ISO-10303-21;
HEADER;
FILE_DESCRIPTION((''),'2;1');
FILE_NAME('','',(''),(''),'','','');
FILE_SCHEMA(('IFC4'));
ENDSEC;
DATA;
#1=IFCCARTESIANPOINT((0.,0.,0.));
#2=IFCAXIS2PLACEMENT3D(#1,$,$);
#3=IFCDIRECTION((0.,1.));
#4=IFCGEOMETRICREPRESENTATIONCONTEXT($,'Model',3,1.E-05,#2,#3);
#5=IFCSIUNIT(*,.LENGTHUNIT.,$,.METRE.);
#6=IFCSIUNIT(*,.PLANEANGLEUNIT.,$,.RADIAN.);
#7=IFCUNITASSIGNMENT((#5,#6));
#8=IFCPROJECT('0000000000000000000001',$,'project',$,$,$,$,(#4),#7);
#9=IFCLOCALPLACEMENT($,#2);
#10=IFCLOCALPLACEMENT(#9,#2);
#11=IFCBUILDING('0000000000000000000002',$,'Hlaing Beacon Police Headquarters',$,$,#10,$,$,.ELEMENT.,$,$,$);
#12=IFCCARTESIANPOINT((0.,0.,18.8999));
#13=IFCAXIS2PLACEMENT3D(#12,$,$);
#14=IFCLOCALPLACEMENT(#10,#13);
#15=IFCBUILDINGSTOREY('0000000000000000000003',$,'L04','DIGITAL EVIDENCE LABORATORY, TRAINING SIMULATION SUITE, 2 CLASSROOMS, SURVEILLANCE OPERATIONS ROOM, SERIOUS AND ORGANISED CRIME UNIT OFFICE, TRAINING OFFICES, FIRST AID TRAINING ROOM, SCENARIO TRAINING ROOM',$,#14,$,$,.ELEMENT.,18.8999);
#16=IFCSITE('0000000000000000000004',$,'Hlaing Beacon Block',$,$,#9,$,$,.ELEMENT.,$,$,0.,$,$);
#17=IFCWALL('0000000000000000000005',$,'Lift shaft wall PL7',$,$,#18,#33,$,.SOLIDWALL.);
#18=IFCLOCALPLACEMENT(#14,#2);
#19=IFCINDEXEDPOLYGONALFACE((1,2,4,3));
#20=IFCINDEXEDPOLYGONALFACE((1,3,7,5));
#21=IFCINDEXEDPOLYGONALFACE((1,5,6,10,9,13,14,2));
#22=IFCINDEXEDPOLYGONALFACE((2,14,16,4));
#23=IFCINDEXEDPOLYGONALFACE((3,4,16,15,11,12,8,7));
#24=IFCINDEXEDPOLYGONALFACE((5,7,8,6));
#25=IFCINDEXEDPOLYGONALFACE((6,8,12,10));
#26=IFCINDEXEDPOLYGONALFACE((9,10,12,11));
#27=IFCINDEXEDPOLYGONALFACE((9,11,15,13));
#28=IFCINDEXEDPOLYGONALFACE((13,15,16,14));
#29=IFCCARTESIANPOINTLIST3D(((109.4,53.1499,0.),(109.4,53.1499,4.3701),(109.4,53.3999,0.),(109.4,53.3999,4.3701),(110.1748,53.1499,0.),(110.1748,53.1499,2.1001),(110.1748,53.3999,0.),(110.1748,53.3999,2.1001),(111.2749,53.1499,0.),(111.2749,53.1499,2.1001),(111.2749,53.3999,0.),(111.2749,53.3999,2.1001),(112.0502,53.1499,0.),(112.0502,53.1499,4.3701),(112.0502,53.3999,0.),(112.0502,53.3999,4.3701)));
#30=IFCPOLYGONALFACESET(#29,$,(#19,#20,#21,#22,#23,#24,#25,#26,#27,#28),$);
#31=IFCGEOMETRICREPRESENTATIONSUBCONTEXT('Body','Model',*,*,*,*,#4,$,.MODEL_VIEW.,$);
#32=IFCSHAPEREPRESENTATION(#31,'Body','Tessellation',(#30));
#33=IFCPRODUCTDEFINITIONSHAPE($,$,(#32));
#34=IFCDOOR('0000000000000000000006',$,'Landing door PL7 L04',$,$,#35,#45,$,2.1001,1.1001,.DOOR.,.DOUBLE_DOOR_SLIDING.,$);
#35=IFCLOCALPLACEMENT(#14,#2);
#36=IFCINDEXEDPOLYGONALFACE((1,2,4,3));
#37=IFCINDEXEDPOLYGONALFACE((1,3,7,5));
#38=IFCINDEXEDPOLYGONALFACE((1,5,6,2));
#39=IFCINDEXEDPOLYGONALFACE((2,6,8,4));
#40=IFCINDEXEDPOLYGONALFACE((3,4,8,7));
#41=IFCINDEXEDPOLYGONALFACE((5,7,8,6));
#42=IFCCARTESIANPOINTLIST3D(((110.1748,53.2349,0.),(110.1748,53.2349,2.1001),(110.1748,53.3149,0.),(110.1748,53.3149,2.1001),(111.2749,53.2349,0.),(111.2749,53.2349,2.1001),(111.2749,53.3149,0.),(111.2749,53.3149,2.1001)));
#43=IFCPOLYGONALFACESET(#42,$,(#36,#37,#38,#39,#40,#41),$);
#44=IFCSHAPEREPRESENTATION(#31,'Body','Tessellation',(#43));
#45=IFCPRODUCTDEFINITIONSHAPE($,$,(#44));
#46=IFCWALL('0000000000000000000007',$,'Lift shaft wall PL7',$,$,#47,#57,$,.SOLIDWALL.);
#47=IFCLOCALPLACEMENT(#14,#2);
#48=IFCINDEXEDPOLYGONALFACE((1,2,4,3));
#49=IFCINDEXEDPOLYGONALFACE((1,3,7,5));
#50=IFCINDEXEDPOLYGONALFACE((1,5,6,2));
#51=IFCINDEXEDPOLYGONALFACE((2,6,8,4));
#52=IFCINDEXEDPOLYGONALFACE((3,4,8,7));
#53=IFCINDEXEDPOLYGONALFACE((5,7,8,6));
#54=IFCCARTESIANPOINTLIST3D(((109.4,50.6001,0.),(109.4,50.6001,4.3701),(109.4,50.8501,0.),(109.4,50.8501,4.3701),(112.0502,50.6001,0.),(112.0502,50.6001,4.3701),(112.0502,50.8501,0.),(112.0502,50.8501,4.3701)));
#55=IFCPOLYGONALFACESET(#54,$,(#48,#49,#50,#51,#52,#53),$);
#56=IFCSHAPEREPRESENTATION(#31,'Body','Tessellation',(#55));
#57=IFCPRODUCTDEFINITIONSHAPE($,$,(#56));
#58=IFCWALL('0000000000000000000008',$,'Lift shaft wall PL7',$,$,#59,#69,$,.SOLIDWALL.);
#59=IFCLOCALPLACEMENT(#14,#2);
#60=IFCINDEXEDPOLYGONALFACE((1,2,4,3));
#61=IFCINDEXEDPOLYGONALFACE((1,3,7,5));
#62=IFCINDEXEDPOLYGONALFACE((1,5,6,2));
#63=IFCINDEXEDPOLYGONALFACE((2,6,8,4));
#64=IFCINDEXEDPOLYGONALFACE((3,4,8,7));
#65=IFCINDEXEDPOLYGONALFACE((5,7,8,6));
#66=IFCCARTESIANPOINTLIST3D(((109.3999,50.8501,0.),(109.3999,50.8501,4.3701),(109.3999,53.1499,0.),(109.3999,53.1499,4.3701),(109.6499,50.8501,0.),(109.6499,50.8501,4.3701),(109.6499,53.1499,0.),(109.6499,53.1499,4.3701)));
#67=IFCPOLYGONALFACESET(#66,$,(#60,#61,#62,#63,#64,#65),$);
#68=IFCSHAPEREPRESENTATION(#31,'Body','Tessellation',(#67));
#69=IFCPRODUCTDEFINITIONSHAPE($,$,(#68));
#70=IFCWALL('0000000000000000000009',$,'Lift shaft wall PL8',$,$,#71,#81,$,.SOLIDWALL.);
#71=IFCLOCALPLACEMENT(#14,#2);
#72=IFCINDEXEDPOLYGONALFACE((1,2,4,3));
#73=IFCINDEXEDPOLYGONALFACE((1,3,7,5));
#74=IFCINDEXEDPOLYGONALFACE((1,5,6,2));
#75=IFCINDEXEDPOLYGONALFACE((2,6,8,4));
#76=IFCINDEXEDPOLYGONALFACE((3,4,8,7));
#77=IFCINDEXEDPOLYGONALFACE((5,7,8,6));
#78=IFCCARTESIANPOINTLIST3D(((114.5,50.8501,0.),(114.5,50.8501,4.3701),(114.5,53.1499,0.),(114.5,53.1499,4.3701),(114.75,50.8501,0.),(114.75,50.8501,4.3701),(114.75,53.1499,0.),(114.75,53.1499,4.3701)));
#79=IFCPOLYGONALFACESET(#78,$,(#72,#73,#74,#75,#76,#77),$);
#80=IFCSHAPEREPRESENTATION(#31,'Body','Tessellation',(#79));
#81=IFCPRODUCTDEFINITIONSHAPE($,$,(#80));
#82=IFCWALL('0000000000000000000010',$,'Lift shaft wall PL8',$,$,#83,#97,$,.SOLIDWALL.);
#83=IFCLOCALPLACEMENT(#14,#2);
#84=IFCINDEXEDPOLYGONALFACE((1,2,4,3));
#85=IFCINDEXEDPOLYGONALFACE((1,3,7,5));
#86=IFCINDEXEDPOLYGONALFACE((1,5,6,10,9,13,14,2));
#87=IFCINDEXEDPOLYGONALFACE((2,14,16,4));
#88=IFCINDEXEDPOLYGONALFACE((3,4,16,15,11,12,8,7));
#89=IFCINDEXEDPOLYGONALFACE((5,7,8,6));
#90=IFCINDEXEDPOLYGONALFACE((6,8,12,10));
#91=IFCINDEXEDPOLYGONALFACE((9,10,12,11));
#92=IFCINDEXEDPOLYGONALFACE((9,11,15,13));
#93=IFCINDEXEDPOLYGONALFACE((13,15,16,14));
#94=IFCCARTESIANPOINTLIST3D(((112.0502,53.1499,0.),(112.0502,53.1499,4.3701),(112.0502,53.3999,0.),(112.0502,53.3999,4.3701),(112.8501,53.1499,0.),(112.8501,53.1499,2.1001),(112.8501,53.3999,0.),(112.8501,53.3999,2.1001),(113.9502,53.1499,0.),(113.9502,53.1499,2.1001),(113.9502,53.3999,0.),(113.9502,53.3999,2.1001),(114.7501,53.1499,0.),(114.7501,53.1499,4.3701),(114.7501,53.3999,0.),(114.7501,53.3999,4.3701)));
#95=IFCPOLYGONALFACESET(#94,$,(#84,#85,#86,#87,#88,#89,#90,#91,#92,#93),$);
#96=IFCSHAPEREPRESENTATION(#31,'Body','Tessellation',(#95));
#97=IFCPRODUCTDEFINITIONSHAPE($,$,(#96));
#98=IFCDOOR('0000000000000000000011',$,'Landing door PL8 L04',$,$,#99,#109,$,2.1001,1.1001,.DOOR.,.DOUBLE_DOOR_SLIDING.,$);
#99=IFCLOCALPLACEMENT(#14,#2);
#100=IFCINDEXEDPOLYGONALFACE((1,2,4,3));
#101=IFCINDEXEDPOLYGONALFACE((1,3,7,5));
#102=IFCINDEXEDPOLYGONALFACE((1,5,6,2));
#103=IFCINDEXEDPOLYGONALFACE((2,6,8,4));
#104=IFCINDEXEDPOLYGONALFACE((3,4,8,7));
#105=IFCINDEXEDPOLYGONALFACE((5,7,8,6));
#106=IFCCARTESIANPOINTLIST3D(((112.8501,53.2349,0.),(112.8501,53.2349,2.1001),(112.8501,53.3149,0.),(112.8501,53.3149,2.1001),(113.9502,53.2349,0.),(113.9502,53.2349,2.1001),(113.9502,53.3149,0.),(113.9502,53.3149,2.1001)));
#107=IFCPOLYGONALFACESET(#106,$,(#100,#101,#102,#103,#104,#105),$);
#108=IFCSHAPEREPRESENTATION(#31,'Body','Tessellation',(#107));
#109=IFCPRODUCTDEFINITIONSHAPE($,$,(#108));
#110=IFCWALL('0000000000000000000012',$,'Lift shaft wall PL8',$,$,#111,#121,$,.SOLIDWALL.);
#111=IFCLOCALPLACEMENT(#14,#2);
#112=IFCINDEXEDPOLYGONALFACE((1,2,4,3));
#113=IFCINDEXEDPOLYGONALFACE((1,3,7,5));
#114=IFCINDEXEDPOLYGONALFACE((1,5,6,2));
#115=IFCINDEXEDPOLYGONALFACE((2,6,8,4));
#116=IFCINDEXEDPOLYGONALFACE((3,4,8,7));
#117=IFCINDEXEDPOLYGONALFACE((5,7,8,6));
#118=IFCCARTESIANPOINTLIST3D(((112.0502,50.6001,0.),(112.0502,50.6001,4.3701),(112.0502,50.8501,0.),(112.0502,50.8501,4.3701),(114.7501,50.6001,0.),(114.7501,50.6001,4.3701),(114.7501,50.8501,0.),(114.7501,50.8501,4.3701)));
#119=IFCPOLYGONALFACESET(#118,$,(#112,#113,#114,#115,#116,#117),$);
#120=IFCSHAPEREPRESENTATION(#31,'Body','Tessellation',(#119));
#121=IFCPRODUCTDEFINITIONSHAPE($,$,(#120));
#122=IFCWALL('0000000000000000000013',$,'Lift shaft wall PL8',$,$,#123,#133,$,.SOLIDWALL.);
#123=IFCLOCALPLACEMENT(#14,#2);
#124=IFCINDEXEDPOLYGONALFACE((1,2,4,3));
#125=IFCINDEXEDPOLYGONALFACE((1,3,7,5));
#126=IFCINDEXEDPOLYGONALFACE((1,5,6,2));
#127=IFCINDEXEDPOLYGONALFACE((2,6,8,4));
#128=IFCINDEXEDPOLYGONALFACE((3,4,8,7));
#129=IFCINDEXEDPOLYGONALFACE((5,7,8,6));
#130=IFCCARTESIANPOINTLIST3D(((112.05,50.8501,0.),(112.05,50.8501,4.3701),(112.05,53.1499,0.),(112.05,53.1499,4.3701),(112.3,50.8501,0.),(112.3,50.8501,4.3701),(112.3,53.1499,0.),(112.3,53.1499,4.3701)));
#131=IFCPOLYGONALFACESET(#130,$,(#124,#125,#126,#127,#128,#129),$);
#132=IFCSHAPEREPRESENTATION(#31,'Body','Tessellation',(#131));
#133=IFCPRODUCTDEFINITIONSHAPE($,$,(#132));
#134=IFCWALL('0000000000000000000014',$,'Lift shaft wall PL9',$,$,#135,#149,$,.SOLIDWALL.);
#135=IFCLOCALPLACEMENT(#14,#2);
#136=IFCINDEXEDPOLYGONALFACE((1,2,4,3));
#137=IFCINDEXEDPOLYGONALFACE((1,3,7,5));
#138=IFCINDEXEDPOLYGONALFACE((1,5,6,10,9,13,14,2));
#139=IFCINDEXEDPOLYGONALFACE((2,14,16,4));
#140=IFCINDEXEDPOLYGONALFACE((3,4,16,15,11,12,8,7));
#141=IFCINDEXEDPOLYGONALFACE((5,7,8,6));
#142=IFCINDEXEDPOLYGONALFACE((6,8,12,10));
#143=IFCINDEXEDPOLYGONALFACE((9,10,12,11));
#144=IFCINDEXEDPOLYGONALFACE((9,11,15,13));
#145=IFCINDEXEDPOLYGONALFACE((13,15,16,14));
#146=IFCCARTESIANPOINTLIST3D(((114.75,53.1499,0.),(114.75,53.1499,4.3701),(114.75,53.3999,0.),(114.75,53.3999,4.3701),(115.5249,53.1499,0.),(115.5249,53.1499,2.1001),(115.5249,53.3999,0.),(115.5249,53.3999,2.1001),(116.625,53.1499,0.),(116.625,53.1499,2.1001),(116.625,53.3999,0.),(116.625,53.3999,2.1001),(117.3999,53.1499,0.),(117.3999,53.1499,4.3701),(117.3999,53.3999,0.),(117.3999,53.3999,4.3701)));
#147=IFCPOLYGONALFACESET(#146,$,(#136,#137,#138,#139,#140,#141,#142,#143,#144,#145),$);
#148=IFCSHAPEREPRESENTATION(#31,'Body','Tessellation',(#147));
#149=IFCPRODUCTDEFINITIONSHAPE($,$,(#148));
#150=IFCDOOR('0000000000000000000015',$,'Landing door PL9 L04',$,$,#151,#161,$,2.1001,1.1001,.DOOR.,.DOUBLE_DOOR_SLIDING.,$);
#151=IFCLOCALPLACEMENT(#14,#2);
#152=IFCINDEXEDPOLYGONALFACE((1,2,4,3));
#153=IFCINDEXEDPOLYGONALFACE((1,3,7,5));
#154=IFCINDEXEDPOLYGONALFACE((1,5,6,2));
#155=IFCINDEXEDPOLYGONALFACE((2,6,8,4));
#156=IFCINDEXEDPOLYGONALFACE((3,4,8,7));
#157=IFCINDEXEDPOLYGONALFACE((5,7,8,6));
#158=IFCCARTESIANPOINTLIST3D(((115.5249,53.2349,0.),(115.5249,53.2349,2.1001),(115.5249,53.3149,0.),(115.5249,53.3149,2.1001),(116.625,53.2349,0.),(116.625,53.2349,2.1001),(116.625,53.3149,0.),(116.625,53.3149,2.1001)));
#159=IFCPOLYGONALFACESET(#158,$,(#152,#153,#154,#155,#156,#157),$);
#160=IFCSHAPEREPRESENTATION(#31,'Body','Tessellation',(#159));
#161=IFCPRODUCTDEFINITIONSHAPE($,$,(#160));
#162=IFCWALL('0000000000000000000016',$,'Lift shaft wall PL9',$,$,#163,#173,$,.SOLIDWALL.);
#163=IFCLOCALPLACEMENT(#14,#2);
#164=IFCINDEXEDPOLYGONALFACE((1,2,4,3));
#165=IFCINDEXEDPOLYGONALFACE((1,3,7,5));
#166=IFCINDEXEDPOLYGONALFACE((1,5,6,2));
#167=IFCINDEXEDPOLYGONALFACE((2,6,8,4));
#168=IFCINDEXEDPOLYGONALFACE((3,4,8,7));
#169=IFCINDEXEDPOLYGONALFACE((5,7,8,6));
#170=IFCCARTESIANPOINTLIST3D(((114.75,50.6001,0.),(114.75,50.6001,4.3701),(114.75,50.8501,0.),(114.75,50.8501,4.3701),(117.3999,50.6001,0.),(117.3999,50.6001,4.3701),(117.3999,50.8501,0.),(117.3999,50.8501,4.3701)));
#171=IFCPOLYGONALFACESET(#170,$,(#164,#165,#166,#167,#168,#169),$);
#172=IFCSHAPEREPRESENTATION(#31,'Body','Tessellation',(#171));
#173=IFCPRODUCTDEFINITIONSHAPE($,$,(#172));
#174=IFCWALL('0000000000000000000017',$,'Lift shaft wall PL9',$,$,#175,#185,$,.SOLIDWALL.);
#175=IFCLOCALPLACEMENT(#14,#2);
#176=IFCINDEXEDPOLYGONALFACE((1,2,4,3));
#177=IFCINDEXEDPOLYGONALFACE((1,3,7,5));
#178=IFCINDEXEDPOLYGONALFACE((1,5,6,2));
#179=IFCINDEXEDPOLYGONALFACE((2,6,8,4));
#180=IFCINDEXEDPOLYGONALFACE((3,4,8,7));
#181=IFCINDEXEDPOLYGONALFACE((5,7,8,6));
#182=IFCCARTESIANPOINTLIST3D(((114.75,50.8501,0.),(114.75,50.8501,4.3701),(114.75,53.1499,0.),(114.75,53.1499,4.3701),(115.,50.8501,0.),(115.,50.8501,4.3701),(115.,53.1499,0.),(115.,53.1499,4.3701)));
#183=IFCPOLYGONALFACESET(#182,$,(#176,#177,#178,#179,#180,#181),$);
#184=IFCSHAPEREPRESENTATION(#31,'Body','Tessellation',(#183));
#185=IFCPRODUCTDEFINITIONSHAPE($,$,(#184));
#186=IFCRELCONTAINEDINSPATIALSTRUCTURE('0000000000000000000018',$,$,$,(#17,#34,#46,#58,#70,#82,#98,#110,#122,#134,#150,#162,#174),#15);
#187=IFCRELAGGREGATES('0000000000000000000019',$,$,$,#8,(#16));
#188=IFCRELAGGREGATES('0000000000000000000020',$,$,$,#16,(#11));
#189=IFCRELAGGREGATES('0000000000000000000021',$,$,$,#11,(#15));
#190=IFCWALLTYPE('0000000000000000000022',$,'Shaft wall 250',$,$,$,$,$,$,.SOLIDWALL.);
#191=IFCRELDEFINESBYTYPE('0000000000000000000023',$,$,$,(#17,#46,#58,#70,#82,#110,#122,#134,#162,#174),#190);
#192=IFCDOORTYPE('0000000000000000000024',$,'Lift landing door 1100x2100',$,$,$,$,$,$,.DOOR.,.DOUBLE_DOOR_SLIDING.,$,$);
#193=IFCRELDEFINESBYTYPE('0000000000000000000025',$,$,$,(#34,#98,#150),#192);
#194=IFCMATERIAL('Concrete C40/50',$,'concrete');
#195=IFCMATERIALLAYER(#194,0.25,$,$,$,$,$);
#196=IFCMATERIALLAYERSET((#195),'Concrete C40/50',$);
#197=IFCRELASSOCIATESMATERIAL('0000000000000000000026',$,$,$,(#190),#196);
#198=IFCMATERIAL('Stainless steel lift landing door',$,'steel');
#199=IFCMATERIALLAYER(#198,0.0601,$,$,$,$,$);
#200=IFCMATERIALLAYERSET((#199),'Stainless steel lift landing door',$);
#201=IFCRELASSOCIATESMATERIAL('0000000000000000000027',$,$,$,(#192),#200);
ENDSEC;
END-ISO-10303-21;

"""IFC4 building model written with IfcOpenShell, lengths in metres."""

from ifc_helpers import new_model, si_unit, direction, frame, frame_2d, origin, place, context, subcontext, project, spatial, rectangle, extrude, material, layer, layer_set, type_object, element, fill, save


model = new_model("IFC4")

# Units and contexts
model_context = context("Model", 3, precision=1e-05, world=origin(), true_north=direction((0.0, 1.0)))
body_context = subcontext(model_context, "Body", "Model", "MODEL_VIEW")
ifc_project = project(units=[si_unit("LENGTHUNIT", "METRE"), si_unit("PLANEANGLEUNIT", "RADIAN")], contexts=[model_context])

# Site, building, storey
site_placement = place(None, origin())
site = spatial("IfcSite", under=ifc_project, at=site_placement, Name="Hlaing Beacon Block", CompositionType="ELEMENT", RefElevation=0.0)
building_placement = place(site_placement, origin())
building = spatial("IfcBuilding", under=site, at=building_placement, Name="Hlaing Beacon Police Headquarters", CompositionType="ELEMENT")
storey_placement = place(building_placement, frame((0.0, 0.0, 18.8999)))
storey = spatial("IfcBuildingStorey", under=building, at=storey_placement, Name="L04", Description="DIGITAL EVIDENCE LABORATORY, TRAINING SIMULATION SUITE, 2 CLASSROOMS, SURVEILLANCE OPERATIONS ROOM, SERIOUS AND ORGANISED CRIME UNIT OFFICE, TRAINING OFFICES, FIRST AID TRAINING ROOM, SCENARIO TRAINING ROOM", CompositionType="ELEMENT", Elevation=18.8999)

# Shared definitions
ifc_material_1 = material(Name="Concrete C40/50", Category="concrete")
ifc_layer_1 = layer(ifc_material_1, 0.25)
ifc_layer_set_1 = layer_set([ifc_layer_1], Name="Concrete C40/50")
wall_type_1 = type_object("IfcWallType", Name="Shaft wall 250", PredefinedType="SOLIDWALL", material=ifc_layer_set_1)
ifc_material_2 = material(Name="Stainless steel lift landing door", Category="steel")
ifc_layer_2 = layer(ifc_material_2, 0.0601)
ifc_layer_set_2 = layer_set([ifc_layer_2], Name="Stainless steel lift landing door")
door_type_1 = type_object("IfcDoorType", Name="Lift landing door 1100x2100", OperationType="DOUBLE_DOOR_SLIDING", PredefinedType="DOOR", material=ifc_layer_set_2)

# Wall, opening, door
wall_1_placement = place(storey_placement, frame((109.3999, 53.2749, 0.0), z_axis=(0.0, 0.0, 1.0), x_axis=(1.0, 0.0, 0.0)))
wall_1 = element("IfcWall", 1, at=wall_1_placement, inside=storey, type_object=wall_type_1, Name="Lift shaft wall PL7", PredefinedType="SOLIDWALL", context=body_context, shape_type="SweptSolid", body=[
    extrude(rectangle(XDim=2.6501, YDim=0.25, at=frame_2d((1.3252, 0.0))), origin(), (0.0, 0.0, 1.0), 4.3701),
])
opening_1_placement = place(wall_1_placement, frame((0.7749, 0.0, 0.0)))
opening_1 = element("IfcOpeningElement", 2, at=opening_1_placement, cuts=wall_1, PredefinedType="OPENING", context=body_context, shape_type="SweptSolid", body=[
    extrude(rectangle(XDim=1.1001, YDim=2.1001, at=frame_2d((0.55, 1.05))), frame((0.0, 0.135, 0.0), z_axis=(0.0, -1.0, 0.0), x_axis=(1.0, 0.0, 0.0)), (0.0, 0.0, 1.0), 0.27),
])
door_1_placement = place(opening_1_placement, origin())
door_1 = element("IfcDoor", 3, at=door_1_placement, inside=storey, type_object=door_type_1, Name="Landing door PL7 L04", OperationType="DOUBLE_DOOR_SLIDING", OverallHeight=2.1001, OverallWidth=1.1001, PredefinedType="DOOR", context=body_context, shape_type="SweptSolid", body=[
    extrude(rectangle(XDim=1.1001, YDim=2.1001, at=frame_2d((0.55, 1.05))), frame((0.0, 0.04, 0.0), z_axis=(0.0, -1.0, 0.0), x_axis=(1.0, 0.0, 0.0)), (0.0, 0.0, 1.0), 0.0801),
])
fill(opening_1, door_1)

# Walls
wall_2_placement = place(storey_placement, frame((109.3999, 50.7251, 0.0), z_axis=(0.0, 0.0, 1.0), x_axis=(1.0, 0.0, 0.0)))
element("IfcWall", 4, at=wall_2_placement, inside=storey, type_object=wall_type_1, Name="Lift shaft wall PL7", PredefinedType="SOLIDWALL", context=body_context, shape_type="SweptSolid", body=[
    extrude(rectangle(XDim=2.6501, YDim=0.25, at=frame_2d((1.3252, 0.0))), origin(), (0.0, 0.0, 1.0), 4.3701),
])
for number, where, z_axis, x_axis, name in (
    (5, (109.5249, 50.8501, 0.0), (0.0, 0.0, 1.0), (0.0, 1.0, 0.0), "Lift shaft wall PL7"),
    (6, (114.625, 50.8501, 0.0), (0.0, 0.0, 1.0), (0.0, 1.0, 0.0), "Lift shaft wall PL8"),
):
    element("IfcWall", number, at=place(storey_placement, frame(where, z_axis=z_axis, x_axis=x_axis)), inside=storey, type_object=wall_type_1, Name=name, PredefinedType="SOLIDWALL", context=body_context, shape_type="SweptSolid", body=[
        extrude(rectangle(XDim=2.2998, YDim=0.25, at=frame_2d((1.1499, 0.0))), origin(), (0.0, 0.0, 1.0), 4.3701),
    ])

# Wall, opening, door
wall_3_placement = place(storey_placement, frame((112.05, 53.2749, 0.0), z_axis=(0.0, 0.0, 1.0), x_axis=(1.0, 0.0, 0.0)))
wall_3 = element("IfcWall", 7, at=wall_3_placement, inside=storey, type_object=wall_type_1, Name="Lift shaft wall PL8", PredefinedType="SOLIDWALL", context=body_context, shape_type="SweptSolid", body=[
    extrude(rectangle(XDim=2.7, YDim=0.25, at=frame_2d((1.3501, 0.0))), origin(), (0.0, 0.0, 1.0), 4.3701),
])
opening_2_placement = place(wall_3_placement, frame((0.8, 0.0, 0.0)))
opening_2 = element("IfcOpeningElement", 8, at=opening_2_placement, cuts=wall_3, PredefinedType="OPENING", context=body_context, shape_type="SweptSolid", body=[
    extrude(rectangle(XDim=1.1001, YDim=2.1001, at=frame_2d((0.55, 1.05))), frame((0.0, 0.135, 0.0), z_axis=(0.0, -1.0, 0.0), x_axis=(1.0, 0.0, 0.0)), (0.0, 0.0, 1.0), 0.27),
])
door_2_placement = place(opening_2_placement, origin())
door_2 = element("IfcDoor", 9, at=door_2_placement, inside=storey, type_object=door_type_1, Name="Landing door PL8 L04", OperationType="DOUBLE_DOOR_SLIDING", OverallHeight=2.1001, OverallWidth=1.1001, PredefinedType="DOOR", context=body_context, shape_type="SweptSolid", body=[
    extrude(rectangle(XDim=1.1001, YDim=2.1001, at=frame_2d((0.55, 1.05))), frame((0.0, 0.04, 0.0), z_axis=(0.0, -1.0, 0.0), x_axis=(1.0, 0.0, 0.0)), (0.0, 0.0, 1.0), 0.0801),
])
fill(opening_2, door_2)

# Walls
wall_4_placement = place(storey_placement, frame((112.05, 50.7251, 0.0), z_axis=(0.0, 0.0, 1.0), x_axis=(1.0, 0.0, 0.0)))
element("IfcWall", 10, at=wall_4_placement, inside=storey, type_object=wall_type_1, Name="Lift shaft wall PL8", PredefinedType="SOLIDWALL", context=body_context, shape_type="SweptSolid", body=[
    extrude(rectangle(XDim=2.7, YDim=0.25, at=frame_2d((1.3501, 0.0))), origin(), (0.0, 0.0, 1.0), 4.3701),
])
wall_5_placement = place(storey_placement, frame((112.175, 50.8501, 0.0), z_axis=(0.0, 0.0, 1.0), x_axis=(0.0, 1.0, 0.0)))
element("IfcWall", 11, at=wall_5_placement, inside=storey, type_object=wall_type_1, Name="Lift shaft wall PL8", PredefinedType="SOLIDWALL", context=body_context, shape_type="SweptSolid", body=[
    extrude(rectangle(XDim=2.2998, YDim=0.25, at=frame_2d((1.1499, 0.0))), origin(), (0.0, 0.0, 1.0), 4.3701),
])

# Wall, opening, door
wall_6_placement = place(storey_placement, frame((114.75, 53.2749, 0.0), z_axis=(0.0, 0.0, 1.0), x_axis=(1.0, 0.0, 0.0)))
wall_6 = element("IfcWall", 12, at=wall_6_placement, inside=storey, type_object=wall_type_1, Name="Lift shaft wall PL9", PredefinedType="SOLIDWALL", context=body_context, shape_type="SweptSolid", body=[
    extrude(rectangle(XDim=2.6499, YDim=0.25, at=frame_2d((1.325, 0.0))), origin(), (0.0, 0.0, 1.0), 4.3701),
])
opening_3_placement = place(wall_6_placement, frame((0.7749, 0.0, 0.0)))
opening_3 = element("IfcOpeningElement", 13, at=opening_3_placement, cuts=wall_6, PredefinedType="OPENING", context=body_context, shape_type="SweptSolid", body=[
    extrude(rectangle(XDim=1.1001, YDim=2.1001, at=frame_2d((0.55, 1.05))), frame((0.0, 0.135, 0.0), z_axis=(0.0, -1.0, 0.0), x_axis=(1.0, 0.0, 0.0)), (0.0, 0.0, 1.0), 0.27),
])
door_3_placement = place(opening_3_placement, origin())
door_3 = element("IfcDoor", 14, at=door_3_placement, inside=storey, type_object=door_type_1, Name="Landing door PL9 L04", OperationType="DOUBLE_DOOR_SLIDING", OverallHeight=2.1001, OverallWidth=1.1001, PredefinedType="DOOR", context=body_context, shape_type="SweptSolid", body=[
    extrude(rectangle(XDim=1.1001, YDim=2.1001, at=frame_2d((0.55, 1.05))), frame((0.0, 0.04, 0.0), z_axis=(0.0, -1.0, 0.0), x_axis=(1.0, 0.0, 0.0)), (0.0, 0.0, 1.0), 0.0801),
])
fill(opening_3, door_3)

# Walls
wall_7_placement = place(storey_placement, frame((114.75, 50.7251, 0.0), z_axis=(0.0, 0.0, 1.0), x_axis=(1.0, 0.0, 0.0)))
element("IfcWall", 15, at=wall_7_placement, inside=storey, type_object=wall_type_1, Name="Lift shaft wall PL9", PredefinedType="SOLIDWALL", context=body_context, shape_type="SweptSolid", body=[
    extrude(rectangle(XDim=2.6499, YDim=0.25, at=frame_2d((1.325, 0.0))), origin(), (0.0, 0.0, 1.0), 4.3701),
])
wall_8_placement = place(storey_placement, frame((114.875, 50.8501, 0.0), z_axis=(0.0, 0.0, 1.0), x_axis=(0.0, 1.0, 0.0)))
element("IfcWall", 16, at=wall_8_placement, inside=storey, type_object=wall_type_1, Name="Lift shaft wall PL9", PredefinedType="SOLIDWALL", context=body_context, shape_type="SweptSolid", body=[
    extrude(rectangle(XDim=2.2998, YDim=0.25, at=frame_2d((1.1499, 0.0))), origin(), (0.0, 0.0, 1.0), 4.3701),
])

save(model, "model.ifc")
